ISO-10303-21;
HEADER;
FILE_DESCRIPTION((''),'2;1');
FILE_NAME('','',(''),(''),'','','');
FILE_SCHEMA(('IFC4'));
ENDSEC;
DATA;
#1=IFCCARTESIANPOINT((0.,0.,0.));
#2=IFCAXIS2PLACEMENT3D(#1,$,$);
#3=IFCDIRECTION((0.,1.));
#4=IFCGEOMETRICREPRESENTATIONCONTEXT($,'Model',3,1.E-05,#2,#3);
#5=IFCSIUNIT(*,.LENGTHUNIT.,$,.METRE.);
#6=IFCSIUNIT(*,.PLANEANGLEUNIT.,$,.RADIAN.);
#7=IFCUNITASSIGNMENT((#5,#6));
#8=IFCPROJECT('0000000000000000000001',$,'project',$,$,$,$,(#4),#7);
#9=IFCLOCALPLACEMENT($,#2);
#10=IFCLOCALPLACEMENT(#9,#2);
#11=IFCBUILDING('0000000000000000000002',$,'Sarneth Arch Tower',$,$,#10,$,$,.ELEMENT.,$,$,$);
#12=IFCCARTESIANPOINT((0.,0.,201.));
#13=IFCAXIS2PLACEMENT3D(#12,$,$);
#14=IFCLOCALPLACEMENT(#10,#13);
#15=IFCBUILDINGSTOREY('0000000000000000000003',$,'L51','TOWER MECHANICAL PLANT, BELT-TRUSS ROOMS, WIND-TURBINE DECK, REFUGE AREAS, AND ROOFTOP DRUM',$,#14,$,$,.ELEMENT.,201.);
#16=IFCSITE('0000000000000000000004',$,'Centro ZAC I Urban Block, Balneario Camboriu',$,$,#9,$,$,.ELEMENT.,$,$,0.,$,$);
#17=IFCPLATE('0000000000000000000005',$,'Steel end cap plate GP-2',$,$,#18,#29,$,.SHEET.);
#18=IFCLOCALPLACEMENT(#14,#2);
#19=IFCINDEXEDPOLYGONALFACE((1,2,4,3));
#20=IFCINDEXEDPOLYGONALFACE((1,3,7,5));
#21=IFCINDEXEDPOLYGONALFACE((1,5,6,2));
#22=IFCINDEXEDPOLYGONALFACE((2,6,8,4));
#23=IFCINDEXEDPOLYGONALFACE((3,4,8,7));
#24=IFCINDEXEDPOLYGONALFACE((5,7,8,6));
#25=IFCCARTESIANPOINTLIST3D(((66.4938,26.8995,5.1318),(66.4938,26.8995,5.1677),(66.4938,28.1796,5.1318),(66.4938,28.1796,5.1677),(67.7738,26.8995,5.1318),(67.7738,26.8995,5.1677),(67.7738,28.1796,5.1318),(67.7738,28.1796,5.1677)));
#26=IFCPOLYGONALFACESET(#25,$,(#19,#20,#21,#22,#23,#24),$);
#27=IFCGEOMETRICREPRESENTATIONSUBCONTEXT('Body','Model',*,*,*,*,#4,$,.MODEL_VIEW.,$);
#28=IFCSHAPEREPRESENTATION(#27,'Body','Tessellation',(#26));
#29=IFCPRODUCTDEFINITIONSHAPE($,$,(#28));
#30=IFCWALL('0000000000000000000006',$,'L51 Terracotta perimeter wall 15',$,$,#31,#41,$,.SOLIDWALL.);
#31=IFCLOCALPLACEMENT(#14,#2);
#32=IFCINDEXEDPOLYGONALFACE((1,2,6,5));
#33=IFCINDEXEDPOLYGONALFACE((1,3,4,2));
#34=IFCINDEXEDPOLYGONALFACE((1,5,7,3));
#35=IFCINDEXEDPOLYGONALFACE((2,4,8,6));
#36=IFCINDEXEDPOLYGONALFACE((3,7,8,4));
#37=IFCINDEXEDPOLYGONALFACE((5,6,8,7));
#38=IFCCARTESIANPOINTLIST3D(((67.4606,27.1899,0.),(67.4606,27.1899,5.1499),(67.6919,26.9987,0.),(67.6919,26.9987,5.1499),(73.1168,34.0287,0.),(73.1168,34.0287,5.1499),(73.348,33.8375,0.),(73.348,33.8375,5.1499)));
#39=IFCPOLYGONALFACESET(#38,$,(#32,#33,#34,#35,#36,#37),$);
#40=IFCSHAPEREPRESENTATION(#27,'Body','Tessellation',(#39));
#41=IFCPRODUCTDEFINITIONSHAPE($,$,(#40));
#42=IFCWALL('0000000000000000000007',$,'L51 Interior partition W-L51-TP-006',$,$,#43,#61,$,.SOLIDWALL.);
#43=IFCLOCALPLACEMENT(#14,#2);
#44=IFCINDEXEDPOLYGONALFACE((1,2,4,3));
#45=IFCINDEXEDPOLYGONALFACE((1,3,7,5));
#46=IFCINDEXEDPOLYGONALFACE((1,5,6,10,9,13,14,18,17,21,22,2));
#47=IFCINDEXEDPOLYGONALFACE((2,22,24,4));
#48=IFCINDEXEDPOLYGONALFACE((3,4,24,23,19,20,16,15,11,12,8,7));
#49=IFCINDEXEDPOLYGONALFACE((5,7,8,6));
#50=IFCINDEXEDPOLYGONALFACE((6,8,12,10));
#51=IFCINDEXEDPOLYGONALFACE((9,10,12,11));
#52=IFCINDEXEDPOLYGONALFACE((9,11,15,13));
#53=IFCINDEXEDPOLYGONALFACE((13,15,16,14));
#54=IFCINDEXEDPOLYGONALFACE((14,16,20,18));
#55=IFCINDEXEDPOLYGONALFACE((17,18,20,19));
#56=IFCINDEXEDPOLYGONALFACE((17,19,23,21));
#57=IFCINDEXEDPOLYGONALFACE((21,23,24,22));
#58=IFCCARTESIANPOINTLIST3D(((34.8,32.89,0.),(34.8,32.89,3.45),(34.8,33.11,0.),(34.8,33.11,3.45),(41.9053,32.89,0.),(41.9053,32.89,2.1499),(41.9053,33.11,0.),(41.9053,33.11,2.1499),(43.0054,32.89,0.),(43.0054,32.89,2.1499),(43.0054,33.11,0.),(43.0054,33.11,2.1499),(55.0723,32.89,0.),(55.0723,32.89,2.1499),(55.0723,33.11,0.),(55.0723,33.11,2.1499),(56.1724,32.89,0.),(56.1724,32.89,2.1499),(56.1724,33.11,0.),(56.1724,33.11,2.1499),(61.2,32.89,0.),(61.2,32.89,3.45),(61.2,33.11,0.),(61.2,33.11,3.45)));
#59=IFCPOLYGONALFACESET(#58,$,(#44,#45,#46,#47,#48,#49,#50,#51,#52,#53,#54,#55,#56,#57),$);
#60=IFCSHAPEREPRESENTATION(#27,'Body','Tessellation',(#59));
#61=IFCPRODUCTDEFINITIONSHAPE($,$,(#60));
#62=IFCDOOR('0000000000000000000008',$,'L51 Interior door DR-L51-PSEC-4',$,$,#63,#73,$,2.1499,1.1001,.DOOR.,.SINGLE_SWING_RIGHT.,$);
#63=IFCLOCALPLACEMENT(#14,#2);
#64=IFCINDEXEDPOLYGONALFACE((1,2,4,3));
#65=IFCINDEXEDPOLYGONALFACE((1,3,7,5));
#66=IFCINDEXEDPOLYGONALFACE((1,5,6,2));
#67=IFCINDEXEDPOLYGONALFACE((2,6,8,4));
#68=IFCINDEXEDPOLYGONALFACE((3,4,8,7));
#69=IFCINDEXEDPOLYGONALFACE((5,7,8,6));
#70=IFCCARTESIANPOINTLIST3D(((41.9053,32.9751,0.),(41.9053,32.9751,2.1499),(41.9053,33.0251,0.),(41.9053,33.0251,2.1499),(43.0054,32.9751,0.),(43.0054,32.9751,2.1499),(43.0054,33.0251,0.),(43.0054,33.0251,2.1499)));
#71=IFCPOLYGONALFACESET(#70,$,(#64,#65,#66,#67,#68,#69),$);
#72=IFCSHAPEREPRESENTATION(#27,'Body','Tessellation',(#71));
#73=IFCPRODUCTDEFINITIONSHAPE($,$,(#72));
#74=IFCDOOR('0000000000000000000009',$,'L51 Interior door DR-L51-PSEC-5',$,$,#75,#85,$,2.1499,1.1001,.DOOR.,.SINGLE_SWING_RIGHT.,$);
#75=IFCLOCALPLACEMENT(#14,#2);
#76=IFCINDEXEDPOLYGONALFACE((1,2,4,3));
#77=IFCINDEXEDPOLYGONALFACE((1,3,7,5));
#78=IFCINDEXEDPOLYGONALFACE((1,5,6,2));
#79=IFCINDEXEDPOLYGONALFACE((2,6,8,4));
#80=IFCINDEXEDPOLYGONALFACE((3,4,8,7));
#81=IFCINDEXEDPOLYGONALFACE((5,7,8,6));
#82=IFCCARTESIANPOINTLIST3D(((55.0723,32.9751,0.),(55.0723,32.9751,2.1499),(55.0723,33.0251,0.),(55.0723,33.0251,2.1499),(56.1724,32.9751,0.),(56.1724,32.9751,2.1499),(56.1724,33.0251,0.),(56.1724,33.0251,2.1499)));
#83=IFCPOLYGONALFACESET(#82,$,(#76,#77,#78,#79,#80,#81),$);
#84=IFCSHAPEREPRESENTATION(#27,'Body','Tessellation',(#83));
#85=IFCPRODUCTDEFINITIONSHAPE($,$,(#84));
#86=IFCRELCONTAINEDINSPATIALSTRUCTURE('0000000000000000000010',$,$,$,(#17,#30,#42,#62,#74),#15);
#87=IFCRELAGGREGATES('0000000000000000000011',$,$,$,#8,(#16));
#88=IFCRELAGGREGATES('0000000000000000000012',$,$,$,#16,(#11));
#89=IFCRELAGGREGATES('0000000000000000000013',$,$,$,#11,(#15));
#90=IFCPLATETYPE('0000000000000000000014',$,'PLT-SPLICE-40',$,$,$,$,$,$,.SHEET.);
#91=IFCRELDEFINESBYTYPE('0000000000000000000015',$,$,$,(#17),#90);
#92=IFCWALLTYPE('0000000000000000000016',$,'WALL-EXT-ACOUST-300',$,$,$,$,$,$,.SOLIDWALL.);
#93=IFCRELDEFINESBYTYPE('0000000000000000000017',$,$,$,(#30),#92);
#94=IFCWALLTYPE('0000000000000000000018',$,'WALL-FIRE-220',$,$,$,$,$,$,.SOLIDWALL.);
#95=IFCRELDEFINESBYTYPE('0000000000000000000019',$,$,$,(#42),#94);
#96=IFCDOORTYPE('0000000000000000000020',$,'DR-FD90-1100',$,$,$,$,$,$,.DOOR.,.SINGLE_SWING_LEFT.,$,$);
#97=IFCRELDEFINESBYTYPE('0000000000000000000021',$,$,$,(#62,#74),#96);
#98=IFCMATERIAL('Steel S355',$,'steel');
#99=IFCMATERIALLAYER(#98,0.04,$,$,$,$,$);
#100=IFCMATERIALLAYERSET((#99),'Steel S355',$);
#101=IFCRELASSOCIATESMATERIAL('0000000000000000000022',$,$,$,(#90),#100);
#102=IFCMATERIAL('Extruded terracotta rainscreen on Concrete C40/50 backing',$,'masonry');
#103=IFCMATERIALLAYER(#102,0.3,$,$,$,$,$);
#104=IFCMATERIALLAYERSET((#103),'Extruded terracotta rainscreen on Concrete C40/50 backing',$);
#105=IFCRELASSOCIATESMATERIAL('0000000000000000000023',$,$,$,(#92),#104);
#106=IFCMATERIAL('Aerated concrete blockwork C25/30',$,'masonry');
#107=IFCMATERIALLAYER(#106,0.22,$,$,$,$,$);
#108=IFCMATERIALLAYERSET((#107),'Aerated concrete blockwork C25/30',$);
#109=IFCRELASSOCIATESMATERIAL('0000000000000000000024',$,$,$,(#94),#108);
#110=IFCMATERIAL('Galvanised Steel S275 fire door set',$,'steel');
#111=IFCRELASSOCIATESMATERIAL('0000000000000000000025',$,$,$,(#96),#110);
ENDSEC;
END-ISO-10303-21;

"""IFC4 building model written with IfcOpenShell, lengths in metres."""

from ifc_helpers import new_model, si_unit, direction, frame, frame_2d, origin, origin_2d, place, context, subcontext, project, spatial, rectangle, extrude, material, layer, layer_set, type_object, element, fill, save


model = new_model("IFC4")

# Units and contexts
model_context = context("Model", 3, precision=1e-05, world=origin(), true_north=direction((0.0, 1.0)))
body_context = subcontext(model_context, "Body", "Model", "MODEL_VIEW")
ifc_project = project(units=[si_unit("LENGTHUNIT", "METRE"), si_unit("PLANEANGLEUNIT", "RADIAN")], contexts=[model_context])

# Site, building, storey
site_placement = place(None, origin())
site = spatial("IfcSite", under=ifc_project, at=site_placement, Name="Centro ZAC I Urban Block, Balneario Camboriu", CompositionType="ELEMENT", RefElevation=0.0)
building_placement = place(site_placement, origin())
building = spatial("IfcBuilding", under=site, at=building_placement, Name="Sarneth Arch Tower", CompositionType="ELEMENT")
storey_placement = place(building_placement, frame((0.0, 0.0, 201.0)))
storey = spatial("IfcBuildingStorey", under=building, at=storey_placement, Name="L51", Description="TOWER MECHANICAL PLANT, BELT-TRUSS ROOMS, WIND-TURBINE DECK, REFUGE AREAS, AND ROOFTOP DRUM", CompositionType="ELEMENT", Elevation=201.0)

# Plate
ifc_material_1 = material(Name="Steel S355", Category="steel")
ifc_layer_1 = layer(ifc_material_1, 0.04)
ifc_layer_set_1 = layer_set([ifc_layer_1], Name="Steel S355")
plate_type_1 = type_object("IfcPlateType", Name="PLT-SPLICE-40", PredefinedType="SHEET", material=ifc_layer_set_1)
plate_1_placement = place(storey_placement, frame((67.1338, 27.5396, 5.1318), z_axis=(0.0, 0.0, 1.0), x_axis=(1.0, 0.0, 0.0)))
element("IfcPlate", 1, at=plate_1_placement, inside=storey, type_object=plate_type_1, Name="Steel end cap plate GP-2", PredefinedType="SHEET", context=body_context, shape_type="SweptSolid", body=[
    extrude(rectangle(XDim=1.28, YDim=1.28, at=origin_2d()), origin(), (0.0, 0.0, 1.0), 0.0359),
])

# Wall
ifc_material_2 = material(Name="Extruded terracotta rainscreen on Concrete C40/50 backing", Category="masonry")
ifc_layer_2 = layer(ifc_material_2, 0.3)
ifc_layer_set_2 = layer_set([ifc_layer_2], Name="Extruded terracotta rainscreen on Concrete C40/50 backing")
wall_type_1 = type_object("IfcWallType", Name="WALL-EXT-ACOUST-300", PredefinedType="SOLIDWALL", material=ifc_layer_set_2)
wall_1_placement = place(storey_placement, frame((67.5762, 27.0942, 0.0), z_axis=(0.0, 0.0, 1.0), x_axis=(0.637333, 0.770588, 0.0)))
element("IfcWall", 2, at=wall_1_placement, inside=storey, type_object=wall_type_1, Name="L51 Terracotta perimeter wall 15", PredefinedType="SOLIDWALL", context=body_context, shape_type="SweptSolid", body=[
    extrude(rectangle(XDim=8.8748, YDim=0.3, at=frame_2d((4.4375, 0.0))), origin(), (0.0, 0.0, 1.0), 5.1499),
])

# Wall, openings, doors
ifc_material_3 = material(Name="Aerated concrete blockwork C25/30", Category="masonry")
ifc_layer_3 = layer(ifc_material_3, 0.22)
ifc_layer_set_3 = layer_set([ifc_layer_3], Name="Aerated concrete blockwork C25/30")
wall_type_2 = type_object("IfcWallType", Name="WALL-FIRE-220", PredefinedType="SOLIDWALL", material=ifc_layer_set_3)
wall_2_placement = place(storey_placement, frame((61.2, 33.0, 0.0), z_axis=(0.0, 0.0, 1.0), x_axis=(-1.0, 0.0, 0.0)))
wall_2 = element("IfcWall", 3, at=wall_2_placement, inside=storey, type_object=wall_type_2, Name="L51 Interior partition W-L51-TP-006", PredefinedType="SOLIDWALL", context=body_context, shape_type="SweptSolid", body=[
    extrude(rectangle(XDim=26.3999, YDim=0.22, at=frame_2d((13.2, 0.0))), origin(), (0.0, 0.0, 1.0), 3.45),
])
opening_1_placement = place(wall_2_placement, frame((18.1946, 0.0, 0.0)))
opening_1 = element("IfcOpeningElement", 4, at=opening_1_placement, cuts=wall_2, PredefinedType="OPENING", context=body_context, shape_type="SweptSolid", body=[
    extrude(rectangle(XDim=1.1001, YDim=2.1499, at=frame_2d((0.55, 1.075))), frame((0.0, 0.1199, 0.0), z_axis=(0.0, -1.0, 0.0), x_axis=(1.0, 0.0, 0.0)), (0.0, 0.0, 1.0), 0.24),
])
opening_2_placement = place(wall_2_placement, frame((5.0276, 0.0, 0.0)))
opening_2 = element("IfcOpeningElement", 5, at=opening_2_placement, cuts=wall_2, PredefinedType="OPENING", context=body_context, shape_type="SweptSolid", body=[
    extrude(rectangle(XDim=1.1001, YDim=2.1499, at=frame_2d((0.55, 1.075))), frame((0.0, 0.1199, 0.0), z_axis=(0.0, -1.0, 0.0), x_axis=(1.0, 0.0, 0.0)), (0.0, 0.0, 1.0), 0.24),
])
ifc_material_4 = material(Name="Galvanised Steel S275 fire door set", Category="steel")
door_type = type_object("IfcDoorType", Name="DR-FD90-1100", OperationType="SINGLE_SWING_LEFT", PredefinedType="DOOR", material=ifc_material_4)
door_1_placement = place(opening_1_placement, origin())
door_1 = element("IfcDoor", 6, at=door_1_placement, inside=storey, type_object=door_type, Name="L51 Interior door DR-L51-PSEC-4", OperationType="SINGLE_SWING_RIGHT", OverallHeight=2.1499, OverallWidth=1.1001, PredefinedType="DOOR", context=body_context, shape_type="SweptSolid", body=[
    extrude(rectangle(XDim=1.1001, YDim=2.1499, at=frame_2d((0.55, 1.075))), frame((0.0, 0.0249, 0.0), z_axis=(0.0, -1.0, 0.0), x_axis=(1.0, 0.0, 0.0)), (0.0, 0.0, 1.0), 0.05),
])
fill(opening_1, door_1)
door_2_placement = place(opening_2_placement, origin())
door_2 = element("IfcDoor", 7, at=door_2_placement, inside=storey, type_object=door_type, Name="L51 Interior door DR-L51-PSEC-5", OperationType="SINGLE_SWING_RIGHT", OverallHeight=2.1499, OverallWidth=1.1001, PredefinedType="DOOR", context=body_context, shape_type="SweptSolid", body=[
    extrude(rectangle(XDim=1.1001, YDim=2.1499, at=frame_2d((0.55, 1.075))), frame((0.0, 0.0249, 0.0), z_axis=(0.0, -1.0, 0.0), x_axis=(1.0, 0.0, 0.0)), (0.0, 0.0, 1.0), 0.05),
])
fill(opening_2, door_2)

save(model, "model.ifc")
